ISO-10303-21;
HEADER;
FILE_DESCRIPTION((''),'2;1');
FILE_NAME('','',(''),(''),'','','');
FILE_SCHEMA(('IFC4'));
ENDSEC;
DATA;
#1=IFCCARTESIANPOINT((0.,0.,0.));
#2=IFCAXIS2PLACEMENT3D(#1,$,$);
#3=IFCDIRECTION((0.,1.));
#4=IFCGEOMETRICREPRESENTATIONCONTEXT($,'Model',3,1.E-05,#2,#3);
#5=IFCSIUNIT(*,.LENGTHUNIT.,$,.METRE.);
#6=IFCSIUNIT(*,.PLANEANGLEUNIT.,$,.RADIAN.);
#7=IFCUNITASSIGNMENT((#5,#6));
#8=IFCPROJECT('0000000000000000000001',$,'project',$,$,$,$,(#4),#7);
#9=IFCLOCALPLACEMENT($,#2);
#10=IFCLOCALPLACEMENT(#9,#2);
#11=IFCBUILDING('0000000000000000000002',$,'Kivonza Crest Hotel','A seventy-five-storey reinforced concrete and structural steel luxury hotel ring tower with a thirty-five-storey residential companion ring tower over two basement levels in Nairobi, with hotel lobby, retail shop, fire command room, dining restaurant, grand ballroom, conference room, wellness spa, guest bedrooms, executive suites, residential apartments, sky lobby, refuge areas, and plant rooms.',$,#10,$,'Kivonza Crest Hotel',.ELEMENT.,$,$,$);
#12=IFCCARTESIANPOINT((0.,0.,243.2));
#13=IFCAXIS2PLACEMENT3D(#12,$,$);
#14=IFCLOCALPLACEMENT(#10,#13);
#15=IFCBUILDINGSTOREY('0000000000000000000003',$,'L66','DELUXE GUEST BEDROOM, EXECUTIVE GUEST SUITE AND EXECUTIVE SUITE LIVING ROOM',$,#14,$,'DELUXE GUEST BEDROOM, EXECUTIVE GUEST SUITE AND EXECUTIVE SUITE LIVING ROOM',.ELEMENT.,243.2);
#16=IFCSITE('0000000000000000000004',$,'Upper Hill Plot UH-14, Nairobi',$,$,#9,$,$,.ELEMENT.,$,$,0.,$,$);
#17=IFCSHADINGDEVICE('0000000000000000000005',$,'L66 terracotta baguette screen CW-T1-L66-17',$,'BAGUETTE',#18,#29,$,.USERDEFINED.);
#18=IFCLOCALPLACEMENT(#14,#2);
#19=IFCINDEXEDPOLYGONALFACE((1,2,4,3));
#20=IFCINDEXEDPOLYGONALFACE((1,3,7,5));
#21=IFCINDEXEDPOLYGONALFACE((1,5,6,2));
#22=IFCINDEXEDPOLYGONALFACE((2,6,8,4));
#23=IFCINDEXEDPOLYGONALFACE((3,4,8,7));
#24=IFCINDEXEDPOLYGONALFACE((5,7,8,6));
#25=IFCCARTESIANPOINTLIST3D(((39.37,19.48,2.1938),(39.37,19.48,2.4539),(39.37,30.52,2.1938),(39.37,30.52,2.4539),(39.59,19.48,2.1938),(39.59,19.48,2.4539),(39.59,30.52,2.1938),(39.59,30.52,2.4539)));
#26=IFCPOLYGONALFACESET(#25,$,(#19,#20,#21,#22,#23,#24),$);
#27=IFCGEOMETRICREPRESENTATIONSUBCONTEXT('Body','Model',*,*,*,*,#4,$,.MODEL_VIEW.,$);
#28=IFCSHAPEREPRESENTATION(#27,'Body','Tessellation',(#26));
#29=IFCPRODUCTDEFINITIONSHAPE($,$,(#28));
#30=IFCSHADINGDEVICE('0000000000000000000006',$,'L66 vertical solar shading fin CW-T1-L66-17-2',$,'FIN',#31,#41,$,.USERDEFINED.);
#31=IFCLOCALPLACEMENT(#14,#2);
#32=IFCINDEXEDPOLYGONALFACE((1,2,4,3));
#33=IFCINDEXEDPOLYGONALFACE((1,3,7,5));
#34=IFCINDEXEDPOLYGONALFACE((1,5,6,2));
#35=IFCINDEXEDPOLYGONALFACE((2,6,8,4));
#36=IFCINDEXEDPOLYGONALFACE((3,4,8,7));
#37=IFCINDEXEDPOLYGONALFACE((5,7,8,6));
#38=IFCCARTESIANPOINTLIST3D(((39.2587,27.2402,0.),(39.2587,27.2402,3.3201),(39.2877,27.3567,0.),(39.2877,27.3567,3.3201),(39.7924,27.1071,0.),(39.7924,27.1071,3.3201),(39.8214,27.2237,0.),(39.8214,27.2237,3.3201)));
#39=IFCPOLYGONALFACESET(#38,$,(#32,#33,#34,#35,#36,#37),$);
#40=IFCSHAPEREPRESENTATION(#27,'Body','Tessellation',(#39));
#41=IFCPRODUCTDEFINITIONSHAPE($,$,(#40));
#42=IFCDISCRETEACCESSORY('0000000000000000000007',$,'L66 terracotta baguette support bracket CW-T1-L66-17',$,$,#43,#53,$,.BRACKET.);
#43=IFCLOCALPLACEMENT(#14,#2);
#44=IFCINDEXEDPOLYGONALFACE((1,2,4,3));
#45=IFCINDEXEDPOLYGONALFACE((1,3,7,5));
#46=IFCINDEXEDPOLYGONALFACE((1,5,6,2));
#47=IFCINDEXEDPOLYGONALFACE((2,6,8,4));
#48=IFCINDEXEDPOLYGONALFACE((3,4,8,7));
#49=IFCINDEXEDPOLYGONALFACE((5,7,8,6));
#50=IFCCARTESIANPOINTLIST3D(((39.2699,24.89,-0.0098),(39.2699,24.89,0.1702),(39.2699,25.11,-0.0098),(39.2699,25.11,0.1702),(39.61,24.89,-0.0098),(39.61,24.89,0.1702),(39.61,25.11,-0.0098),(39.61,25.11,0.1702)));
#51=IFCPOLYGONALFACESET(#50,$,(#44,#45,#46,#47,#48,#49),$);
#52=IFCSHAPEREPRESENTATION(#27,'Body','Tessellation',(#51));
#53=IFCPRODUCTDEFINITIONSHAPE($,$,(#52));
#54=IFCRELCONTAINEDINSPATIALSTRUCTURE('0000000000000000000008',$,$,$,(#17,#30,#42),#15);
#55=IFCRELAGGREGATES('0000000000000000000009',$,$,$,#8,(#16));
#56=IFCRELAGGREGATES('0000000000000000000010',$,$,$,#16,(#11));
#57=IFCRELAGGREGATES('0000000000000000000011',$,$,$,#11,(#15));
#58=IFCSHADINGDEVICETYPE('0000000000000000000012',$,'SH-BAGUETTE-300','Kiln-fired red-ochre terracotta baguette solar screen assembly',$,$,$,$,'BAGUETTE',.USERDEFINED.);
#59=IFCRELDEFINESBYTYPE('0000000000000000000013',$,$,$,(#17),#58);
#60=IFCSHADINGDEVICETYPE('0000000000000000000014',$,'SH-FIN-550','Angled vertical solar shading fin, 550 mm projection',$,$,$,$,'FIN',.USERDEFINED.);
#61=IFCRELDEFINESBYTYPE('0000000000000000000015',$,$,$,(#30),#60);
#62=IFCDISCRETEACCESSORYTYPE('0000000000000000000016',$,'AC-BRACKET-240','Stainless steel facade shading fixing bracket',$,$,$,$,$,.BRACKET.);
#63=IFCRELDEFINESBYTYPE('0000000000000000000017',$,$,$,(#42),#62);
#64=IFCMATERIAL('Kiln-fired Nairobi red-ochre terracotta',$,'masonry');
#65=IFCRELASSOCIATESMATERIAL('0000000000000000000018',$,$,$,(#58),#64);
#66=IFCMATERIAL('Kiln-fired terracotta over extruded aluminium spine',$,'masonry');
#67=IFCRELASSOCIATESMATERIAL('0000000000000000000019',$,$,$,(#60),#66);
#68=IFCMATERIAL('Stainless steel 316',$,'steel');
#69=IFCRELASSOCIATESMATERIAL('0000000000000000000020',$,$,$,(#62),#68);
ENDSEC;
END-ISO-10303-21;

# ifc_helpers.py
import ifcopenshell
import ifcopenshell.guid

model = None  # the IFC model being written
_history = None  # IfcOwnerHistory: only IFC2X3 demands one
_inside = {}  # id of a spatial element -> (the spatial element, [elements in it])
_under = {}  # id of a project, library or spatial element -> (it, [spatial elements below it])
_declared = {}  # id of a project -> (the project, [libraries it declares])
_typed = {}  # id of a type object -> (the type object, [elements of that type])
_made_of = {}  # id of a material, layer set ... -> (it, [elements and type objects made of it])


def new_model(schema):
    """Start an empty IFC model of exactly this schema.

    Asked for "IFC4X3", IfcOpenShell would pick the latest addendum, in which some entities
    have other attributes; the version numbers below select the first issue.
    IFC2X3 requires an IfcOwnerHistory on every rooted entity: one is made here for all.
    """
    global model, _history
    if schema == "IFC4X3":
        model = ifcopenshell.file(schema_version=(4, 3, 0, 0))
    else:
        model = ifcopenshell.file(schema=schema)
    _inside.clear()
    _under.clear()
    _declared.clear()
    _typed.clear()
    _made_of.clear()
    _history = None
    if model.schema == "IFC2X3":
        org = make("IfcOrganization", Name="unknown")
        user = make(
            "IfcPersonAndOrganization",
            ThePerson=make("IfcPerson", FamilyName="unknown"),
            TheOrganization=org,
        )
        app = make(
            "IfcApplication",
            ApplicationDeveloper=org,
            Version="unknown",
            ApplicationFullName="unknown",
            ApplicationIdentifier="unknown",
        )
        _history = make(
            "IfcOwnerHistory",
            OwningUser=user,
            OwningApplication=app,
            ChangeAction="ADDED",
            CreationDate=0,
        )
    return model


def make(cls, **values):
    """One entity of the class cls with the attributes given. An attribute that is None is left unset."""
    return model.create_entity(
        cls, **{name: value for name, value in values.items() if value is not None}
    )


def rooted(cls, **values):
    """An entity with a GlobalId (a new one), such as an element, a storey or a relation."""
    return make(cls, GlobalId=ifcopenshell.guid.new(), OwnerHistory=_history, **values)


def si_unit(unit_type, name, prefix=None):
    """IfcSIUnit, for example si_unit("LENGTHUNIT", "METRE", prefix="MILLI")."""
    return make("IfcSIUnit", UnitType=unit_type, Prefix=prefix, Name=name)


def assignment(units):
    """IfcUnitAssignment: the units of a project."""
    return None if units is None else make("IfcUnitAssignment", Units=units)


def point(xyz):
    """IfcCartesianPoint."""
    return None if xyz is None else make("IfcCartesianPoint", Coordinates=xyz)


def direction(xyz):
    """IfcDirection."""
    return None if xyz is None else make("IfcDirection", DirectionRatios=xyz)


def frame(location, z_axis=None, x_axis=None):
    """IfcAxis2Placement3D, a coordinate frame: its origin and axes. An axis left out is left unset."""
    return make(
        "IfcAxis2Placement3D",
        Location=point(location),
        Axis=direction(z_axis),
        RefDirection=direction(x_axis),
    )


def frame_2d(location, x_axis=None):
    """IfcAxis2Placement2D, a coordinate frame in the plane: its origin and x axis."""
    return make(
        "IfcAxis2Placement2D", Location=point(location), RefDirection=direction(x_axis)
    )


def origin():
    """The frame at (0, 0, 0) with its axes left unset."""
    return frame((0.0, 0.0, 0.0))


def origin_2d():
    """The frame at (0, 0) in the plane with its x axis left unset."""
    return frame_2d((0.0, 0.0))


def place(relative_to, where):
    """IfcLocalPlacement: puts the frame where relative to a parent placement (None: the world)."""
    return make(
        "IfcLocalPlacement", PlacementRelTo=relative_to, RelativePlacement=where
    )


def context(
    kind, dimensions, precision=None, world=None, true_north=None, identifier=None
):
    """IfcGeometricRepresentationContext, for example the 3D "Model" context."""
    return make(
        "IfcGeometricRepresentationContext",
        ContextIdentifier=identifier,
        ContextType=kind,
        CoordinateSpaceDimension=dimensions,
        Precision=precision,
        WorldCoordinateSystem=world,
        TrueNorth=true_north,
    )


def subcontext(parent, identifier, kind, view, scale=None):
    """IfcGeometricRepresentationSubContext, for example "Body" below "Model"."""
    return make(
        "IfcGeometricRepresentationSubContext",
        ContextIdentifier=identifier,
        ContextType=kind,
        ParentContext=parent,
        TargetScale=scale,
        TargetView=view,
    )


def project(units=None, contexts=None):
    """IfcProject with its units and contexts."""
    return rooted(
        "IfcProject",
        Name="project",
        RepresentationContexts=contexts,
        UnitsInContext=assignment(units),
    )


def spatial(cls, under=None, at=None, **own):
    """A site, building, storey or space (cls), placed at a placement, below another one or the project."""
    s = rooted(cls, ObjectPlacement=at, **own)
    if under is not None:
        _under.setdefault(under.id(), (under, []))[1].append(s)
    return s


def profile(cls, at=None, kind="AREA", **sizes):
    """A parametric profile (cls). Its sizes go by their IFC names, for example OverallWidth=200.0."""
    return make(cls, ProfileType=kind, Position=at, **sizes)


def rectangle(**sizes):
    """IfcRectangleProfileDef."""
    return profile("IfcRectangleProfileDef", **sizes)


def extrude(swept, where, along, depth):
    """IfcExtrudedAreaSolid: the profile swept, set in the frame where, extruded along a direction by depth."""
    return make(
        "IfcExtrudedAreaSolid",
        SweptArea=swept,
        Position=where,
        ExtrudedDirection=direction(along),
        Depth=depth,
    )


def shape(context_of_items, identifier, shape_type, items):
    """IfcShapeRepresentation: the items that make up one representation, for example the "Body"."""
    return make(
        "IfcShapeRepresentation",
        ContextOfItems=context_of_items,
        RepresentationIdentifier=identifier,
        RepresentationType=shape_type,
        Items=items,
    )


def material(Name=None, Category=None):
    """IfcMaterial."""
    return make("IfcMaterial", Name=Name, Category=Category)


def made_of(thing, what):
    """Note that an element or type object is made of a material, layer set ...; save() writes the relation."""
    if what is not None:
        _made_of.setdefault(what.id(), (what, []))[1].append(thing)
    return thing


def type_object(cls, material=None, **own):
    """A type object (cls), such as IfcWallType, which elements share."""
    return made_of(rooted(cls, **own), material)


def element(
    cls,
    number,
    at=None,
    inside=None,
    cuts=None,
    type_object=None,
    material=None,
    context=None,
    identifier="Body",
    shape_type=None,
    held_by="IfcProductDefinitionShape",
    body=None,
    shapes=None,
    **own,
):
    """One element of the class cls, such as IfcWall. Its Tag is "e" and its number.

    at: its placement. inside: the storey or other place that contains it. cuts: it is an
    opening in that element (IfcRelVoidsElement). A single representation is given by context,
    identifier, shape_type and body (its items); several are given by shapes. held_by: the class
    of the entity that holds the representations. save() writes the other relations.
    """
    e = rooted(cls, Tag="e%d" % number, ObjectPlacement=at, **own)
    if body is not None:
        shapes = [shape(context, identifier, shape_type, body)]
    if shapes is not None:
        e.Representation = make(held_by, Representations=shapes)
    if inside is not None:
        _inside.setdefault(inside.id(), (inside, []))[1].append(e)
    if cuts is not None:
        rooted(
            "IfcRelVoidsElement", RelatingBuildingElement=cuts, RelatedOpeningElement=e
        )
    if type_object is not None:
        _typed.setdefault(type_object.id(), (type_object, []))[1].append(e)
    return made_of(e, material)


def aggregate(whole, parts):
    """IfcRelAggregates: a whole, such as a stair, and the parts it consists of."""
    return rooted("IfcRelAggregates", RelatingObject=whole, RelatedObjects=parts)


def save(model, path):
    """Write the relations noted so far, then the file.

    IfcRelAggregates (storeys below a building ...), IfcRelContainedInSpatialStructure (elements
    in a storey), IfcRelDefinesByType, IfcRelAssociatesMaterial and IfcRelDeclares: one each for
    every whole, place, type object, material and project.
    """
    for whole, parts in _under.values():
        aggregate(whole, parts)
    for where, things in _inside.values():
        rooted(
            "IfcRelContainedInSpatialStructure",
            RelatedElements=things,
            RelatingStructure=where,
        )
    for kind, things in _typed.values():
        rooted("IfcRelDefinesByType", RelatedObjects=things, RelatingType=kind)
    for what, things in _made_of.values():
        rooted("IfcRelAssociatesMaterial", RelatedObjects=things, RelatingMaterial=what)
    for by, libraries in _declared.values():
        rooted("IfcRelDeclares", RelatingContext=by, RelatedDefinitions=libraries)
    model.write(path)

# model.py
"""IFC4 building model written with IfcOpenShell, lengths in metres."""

from ifc_helpers import new_model, si_unit, direction, frame, origin, origin_2d, place, context, subcontext, project, spatial, rectangle, extrude, material, type_object, element, save


model = new_model("IFC4")

# Units and contexts
model_context = context("Model", 3, precision=1e-05, world=origin(), true_north=direction((0.0, 1.0)))
body_context = subcontext(model_context, "Body", "Model", "MODEL_VIEW")
ifc_project = project(units=[si_unit("LENGTHUNIT", "METRE"), si_unit("PLANEANGLEUNIT", "RADIAN")], contexts=[model_context])

# Site, building, storey
site_placement = place(None, origin())
site = spatial("IfcSite", under=ifc_project, at=site_placement, Name="Upper Hill Plot UH-14, Nairobi", CompositionType="ELEMENT", RefElevation=0.0)
building_placement = place(site_placement, origin())
building = spatial("IfcBuilding", under=site, at=building_placement, Name="Kivonza Crest Hotel", Description="A seventy-five-storey reinforced concrete and structural steel luxury hotel ring tower with a thirty-five-storey residential companion ring tower over two basement levels in Nairobi, with hotel lobby, retail shop, fire command room, dining restaurant, grand ballroom, conference room, wellness spa, guest bedrooms, executive suites, residential apartments, sky lobby, refuge areas, and plant rooms.", LongName="Kivonza Crest Hotel", CompositionType="ELEMENT")
storey_placement = place(building_placement, frame((0.0, 0.0, 243.2)))
storey = spatial("IfcBuildingStorey", under=building, at=storey_placement, Name="L66", Description="DELUXE GUEST BEDROOM, EXECUTIVE GUEST SUITE AND EXECUTIVE SUITE LIVING ROOM", LongName="DELUXE GUEST BEDROOM, EXECUTIVE GUEST SUITE AND EXECUTIVE SUITE LIVING ROOM", CompositionType="ELEMENT", Elevation=243.2)

# Shading devices
ifc_material_1 = material(Name="Kiln-fired Nairobi red-ochre terracotta", Category="masonry")
shading_device_type_1 = type_object("IfcShadingDeviceType", Name="SH-BAGUETTE-300", Description="Kiln-fired red-ochre terracotta baguette solar screen assembly", ElementType="BAGUETTE", PredefinedType="USERDEFINED", material=ifc_material_1)
shading_device_1_placement = place(storey_placement, frame((39.48, 25.0, 2.1938), z_axis=(0.0, 0.0, 1.0), x_axis=(0.0, 1.0, 0.0)))
element("IfcShadingDevice", 1, at=shading_device_1_placement, inside=storey, type_object=shading_device_type_1, Name="L66 terracotta baguette screen CW-T1-L66-17", ObjectType="BAGUETTE", PredefinedType="USERDEFINED", context=body_context, shape_type="SweptSolid", body=[
    extrude(rectangle(XDim=11.04, YDim=0.22, at=origin_2d()), origin(), (0.0, 0.0, 1.0), 0.26),
])
ifc_material_2 = material(Name="Kiln-fired terracotta over extruded aluminium spine", Category="masonry")
shading_device_type_2 = type_object("IfcShadingDeviceType", Name="SH-FIN-550", Description="Angled vertical solar shading fin, 550 mm projection", ElementType="FIN", PredefinedType="USERDEFINED", material=ifc_material_2)
shading_device_2_placement = place(storey_placement, frame((39.54, 27.2319, 0.0), z_axis=(0.0, 0.0, 1.0), x_axis=(0.241922, 0.970296, 0.0)))
element("IfcShadingDevice", 2, at=shading_device_2_placement, inside=storey, type_object=shading_device_type_2, Name="L66 vertical solar shading fin CW-T1-L66-17-2", ObjectType="FIN", PredefinedType="USERDEFINED", context=body_context, shape_type="SweptSolid", body=[
    extrude(rectangle(XDim=0.1201, YDim=0.55, at=origin_2d()), origin(), (0.0, 0.0, 1.0), 3.3201),
])

# Discrete accessory
ifc_material_3 = material(Name="Stainless steel 316", Category="steel")
discrete_accessory_type = type_object("IfcDiscreteAccessoryType", Name="AC-BRACKET-240", Description="Stainless steel facade shading fixing bracket", PredefinedType="BRACKET", material=ifc_material_3)
discrete_accessory_placement = place(storey_placement, frame((39.4399, 25.0, -0.0098), z_axis=(0.0, 0.0, 1.0), x_axis=(0.0, 1.0, 0.0)))
element("IfcDiscreteAccessory", 3, at=discrete_accessory_placement, inside=storey, type_object=discrete_accessory_type, Name="L66 terracotta baguette support bracket CW-T1-L66-17", PredefinedType="BRACKET", context=body_context, shape_type="SweptSolid", body=[
    extrude(rectangle(XDim=0.22, YDim=0.3401, at=origin_2d()), origin(), (0.0, 0.0, 1.0), 0.1799),
])

save(model, "model.ifc")
